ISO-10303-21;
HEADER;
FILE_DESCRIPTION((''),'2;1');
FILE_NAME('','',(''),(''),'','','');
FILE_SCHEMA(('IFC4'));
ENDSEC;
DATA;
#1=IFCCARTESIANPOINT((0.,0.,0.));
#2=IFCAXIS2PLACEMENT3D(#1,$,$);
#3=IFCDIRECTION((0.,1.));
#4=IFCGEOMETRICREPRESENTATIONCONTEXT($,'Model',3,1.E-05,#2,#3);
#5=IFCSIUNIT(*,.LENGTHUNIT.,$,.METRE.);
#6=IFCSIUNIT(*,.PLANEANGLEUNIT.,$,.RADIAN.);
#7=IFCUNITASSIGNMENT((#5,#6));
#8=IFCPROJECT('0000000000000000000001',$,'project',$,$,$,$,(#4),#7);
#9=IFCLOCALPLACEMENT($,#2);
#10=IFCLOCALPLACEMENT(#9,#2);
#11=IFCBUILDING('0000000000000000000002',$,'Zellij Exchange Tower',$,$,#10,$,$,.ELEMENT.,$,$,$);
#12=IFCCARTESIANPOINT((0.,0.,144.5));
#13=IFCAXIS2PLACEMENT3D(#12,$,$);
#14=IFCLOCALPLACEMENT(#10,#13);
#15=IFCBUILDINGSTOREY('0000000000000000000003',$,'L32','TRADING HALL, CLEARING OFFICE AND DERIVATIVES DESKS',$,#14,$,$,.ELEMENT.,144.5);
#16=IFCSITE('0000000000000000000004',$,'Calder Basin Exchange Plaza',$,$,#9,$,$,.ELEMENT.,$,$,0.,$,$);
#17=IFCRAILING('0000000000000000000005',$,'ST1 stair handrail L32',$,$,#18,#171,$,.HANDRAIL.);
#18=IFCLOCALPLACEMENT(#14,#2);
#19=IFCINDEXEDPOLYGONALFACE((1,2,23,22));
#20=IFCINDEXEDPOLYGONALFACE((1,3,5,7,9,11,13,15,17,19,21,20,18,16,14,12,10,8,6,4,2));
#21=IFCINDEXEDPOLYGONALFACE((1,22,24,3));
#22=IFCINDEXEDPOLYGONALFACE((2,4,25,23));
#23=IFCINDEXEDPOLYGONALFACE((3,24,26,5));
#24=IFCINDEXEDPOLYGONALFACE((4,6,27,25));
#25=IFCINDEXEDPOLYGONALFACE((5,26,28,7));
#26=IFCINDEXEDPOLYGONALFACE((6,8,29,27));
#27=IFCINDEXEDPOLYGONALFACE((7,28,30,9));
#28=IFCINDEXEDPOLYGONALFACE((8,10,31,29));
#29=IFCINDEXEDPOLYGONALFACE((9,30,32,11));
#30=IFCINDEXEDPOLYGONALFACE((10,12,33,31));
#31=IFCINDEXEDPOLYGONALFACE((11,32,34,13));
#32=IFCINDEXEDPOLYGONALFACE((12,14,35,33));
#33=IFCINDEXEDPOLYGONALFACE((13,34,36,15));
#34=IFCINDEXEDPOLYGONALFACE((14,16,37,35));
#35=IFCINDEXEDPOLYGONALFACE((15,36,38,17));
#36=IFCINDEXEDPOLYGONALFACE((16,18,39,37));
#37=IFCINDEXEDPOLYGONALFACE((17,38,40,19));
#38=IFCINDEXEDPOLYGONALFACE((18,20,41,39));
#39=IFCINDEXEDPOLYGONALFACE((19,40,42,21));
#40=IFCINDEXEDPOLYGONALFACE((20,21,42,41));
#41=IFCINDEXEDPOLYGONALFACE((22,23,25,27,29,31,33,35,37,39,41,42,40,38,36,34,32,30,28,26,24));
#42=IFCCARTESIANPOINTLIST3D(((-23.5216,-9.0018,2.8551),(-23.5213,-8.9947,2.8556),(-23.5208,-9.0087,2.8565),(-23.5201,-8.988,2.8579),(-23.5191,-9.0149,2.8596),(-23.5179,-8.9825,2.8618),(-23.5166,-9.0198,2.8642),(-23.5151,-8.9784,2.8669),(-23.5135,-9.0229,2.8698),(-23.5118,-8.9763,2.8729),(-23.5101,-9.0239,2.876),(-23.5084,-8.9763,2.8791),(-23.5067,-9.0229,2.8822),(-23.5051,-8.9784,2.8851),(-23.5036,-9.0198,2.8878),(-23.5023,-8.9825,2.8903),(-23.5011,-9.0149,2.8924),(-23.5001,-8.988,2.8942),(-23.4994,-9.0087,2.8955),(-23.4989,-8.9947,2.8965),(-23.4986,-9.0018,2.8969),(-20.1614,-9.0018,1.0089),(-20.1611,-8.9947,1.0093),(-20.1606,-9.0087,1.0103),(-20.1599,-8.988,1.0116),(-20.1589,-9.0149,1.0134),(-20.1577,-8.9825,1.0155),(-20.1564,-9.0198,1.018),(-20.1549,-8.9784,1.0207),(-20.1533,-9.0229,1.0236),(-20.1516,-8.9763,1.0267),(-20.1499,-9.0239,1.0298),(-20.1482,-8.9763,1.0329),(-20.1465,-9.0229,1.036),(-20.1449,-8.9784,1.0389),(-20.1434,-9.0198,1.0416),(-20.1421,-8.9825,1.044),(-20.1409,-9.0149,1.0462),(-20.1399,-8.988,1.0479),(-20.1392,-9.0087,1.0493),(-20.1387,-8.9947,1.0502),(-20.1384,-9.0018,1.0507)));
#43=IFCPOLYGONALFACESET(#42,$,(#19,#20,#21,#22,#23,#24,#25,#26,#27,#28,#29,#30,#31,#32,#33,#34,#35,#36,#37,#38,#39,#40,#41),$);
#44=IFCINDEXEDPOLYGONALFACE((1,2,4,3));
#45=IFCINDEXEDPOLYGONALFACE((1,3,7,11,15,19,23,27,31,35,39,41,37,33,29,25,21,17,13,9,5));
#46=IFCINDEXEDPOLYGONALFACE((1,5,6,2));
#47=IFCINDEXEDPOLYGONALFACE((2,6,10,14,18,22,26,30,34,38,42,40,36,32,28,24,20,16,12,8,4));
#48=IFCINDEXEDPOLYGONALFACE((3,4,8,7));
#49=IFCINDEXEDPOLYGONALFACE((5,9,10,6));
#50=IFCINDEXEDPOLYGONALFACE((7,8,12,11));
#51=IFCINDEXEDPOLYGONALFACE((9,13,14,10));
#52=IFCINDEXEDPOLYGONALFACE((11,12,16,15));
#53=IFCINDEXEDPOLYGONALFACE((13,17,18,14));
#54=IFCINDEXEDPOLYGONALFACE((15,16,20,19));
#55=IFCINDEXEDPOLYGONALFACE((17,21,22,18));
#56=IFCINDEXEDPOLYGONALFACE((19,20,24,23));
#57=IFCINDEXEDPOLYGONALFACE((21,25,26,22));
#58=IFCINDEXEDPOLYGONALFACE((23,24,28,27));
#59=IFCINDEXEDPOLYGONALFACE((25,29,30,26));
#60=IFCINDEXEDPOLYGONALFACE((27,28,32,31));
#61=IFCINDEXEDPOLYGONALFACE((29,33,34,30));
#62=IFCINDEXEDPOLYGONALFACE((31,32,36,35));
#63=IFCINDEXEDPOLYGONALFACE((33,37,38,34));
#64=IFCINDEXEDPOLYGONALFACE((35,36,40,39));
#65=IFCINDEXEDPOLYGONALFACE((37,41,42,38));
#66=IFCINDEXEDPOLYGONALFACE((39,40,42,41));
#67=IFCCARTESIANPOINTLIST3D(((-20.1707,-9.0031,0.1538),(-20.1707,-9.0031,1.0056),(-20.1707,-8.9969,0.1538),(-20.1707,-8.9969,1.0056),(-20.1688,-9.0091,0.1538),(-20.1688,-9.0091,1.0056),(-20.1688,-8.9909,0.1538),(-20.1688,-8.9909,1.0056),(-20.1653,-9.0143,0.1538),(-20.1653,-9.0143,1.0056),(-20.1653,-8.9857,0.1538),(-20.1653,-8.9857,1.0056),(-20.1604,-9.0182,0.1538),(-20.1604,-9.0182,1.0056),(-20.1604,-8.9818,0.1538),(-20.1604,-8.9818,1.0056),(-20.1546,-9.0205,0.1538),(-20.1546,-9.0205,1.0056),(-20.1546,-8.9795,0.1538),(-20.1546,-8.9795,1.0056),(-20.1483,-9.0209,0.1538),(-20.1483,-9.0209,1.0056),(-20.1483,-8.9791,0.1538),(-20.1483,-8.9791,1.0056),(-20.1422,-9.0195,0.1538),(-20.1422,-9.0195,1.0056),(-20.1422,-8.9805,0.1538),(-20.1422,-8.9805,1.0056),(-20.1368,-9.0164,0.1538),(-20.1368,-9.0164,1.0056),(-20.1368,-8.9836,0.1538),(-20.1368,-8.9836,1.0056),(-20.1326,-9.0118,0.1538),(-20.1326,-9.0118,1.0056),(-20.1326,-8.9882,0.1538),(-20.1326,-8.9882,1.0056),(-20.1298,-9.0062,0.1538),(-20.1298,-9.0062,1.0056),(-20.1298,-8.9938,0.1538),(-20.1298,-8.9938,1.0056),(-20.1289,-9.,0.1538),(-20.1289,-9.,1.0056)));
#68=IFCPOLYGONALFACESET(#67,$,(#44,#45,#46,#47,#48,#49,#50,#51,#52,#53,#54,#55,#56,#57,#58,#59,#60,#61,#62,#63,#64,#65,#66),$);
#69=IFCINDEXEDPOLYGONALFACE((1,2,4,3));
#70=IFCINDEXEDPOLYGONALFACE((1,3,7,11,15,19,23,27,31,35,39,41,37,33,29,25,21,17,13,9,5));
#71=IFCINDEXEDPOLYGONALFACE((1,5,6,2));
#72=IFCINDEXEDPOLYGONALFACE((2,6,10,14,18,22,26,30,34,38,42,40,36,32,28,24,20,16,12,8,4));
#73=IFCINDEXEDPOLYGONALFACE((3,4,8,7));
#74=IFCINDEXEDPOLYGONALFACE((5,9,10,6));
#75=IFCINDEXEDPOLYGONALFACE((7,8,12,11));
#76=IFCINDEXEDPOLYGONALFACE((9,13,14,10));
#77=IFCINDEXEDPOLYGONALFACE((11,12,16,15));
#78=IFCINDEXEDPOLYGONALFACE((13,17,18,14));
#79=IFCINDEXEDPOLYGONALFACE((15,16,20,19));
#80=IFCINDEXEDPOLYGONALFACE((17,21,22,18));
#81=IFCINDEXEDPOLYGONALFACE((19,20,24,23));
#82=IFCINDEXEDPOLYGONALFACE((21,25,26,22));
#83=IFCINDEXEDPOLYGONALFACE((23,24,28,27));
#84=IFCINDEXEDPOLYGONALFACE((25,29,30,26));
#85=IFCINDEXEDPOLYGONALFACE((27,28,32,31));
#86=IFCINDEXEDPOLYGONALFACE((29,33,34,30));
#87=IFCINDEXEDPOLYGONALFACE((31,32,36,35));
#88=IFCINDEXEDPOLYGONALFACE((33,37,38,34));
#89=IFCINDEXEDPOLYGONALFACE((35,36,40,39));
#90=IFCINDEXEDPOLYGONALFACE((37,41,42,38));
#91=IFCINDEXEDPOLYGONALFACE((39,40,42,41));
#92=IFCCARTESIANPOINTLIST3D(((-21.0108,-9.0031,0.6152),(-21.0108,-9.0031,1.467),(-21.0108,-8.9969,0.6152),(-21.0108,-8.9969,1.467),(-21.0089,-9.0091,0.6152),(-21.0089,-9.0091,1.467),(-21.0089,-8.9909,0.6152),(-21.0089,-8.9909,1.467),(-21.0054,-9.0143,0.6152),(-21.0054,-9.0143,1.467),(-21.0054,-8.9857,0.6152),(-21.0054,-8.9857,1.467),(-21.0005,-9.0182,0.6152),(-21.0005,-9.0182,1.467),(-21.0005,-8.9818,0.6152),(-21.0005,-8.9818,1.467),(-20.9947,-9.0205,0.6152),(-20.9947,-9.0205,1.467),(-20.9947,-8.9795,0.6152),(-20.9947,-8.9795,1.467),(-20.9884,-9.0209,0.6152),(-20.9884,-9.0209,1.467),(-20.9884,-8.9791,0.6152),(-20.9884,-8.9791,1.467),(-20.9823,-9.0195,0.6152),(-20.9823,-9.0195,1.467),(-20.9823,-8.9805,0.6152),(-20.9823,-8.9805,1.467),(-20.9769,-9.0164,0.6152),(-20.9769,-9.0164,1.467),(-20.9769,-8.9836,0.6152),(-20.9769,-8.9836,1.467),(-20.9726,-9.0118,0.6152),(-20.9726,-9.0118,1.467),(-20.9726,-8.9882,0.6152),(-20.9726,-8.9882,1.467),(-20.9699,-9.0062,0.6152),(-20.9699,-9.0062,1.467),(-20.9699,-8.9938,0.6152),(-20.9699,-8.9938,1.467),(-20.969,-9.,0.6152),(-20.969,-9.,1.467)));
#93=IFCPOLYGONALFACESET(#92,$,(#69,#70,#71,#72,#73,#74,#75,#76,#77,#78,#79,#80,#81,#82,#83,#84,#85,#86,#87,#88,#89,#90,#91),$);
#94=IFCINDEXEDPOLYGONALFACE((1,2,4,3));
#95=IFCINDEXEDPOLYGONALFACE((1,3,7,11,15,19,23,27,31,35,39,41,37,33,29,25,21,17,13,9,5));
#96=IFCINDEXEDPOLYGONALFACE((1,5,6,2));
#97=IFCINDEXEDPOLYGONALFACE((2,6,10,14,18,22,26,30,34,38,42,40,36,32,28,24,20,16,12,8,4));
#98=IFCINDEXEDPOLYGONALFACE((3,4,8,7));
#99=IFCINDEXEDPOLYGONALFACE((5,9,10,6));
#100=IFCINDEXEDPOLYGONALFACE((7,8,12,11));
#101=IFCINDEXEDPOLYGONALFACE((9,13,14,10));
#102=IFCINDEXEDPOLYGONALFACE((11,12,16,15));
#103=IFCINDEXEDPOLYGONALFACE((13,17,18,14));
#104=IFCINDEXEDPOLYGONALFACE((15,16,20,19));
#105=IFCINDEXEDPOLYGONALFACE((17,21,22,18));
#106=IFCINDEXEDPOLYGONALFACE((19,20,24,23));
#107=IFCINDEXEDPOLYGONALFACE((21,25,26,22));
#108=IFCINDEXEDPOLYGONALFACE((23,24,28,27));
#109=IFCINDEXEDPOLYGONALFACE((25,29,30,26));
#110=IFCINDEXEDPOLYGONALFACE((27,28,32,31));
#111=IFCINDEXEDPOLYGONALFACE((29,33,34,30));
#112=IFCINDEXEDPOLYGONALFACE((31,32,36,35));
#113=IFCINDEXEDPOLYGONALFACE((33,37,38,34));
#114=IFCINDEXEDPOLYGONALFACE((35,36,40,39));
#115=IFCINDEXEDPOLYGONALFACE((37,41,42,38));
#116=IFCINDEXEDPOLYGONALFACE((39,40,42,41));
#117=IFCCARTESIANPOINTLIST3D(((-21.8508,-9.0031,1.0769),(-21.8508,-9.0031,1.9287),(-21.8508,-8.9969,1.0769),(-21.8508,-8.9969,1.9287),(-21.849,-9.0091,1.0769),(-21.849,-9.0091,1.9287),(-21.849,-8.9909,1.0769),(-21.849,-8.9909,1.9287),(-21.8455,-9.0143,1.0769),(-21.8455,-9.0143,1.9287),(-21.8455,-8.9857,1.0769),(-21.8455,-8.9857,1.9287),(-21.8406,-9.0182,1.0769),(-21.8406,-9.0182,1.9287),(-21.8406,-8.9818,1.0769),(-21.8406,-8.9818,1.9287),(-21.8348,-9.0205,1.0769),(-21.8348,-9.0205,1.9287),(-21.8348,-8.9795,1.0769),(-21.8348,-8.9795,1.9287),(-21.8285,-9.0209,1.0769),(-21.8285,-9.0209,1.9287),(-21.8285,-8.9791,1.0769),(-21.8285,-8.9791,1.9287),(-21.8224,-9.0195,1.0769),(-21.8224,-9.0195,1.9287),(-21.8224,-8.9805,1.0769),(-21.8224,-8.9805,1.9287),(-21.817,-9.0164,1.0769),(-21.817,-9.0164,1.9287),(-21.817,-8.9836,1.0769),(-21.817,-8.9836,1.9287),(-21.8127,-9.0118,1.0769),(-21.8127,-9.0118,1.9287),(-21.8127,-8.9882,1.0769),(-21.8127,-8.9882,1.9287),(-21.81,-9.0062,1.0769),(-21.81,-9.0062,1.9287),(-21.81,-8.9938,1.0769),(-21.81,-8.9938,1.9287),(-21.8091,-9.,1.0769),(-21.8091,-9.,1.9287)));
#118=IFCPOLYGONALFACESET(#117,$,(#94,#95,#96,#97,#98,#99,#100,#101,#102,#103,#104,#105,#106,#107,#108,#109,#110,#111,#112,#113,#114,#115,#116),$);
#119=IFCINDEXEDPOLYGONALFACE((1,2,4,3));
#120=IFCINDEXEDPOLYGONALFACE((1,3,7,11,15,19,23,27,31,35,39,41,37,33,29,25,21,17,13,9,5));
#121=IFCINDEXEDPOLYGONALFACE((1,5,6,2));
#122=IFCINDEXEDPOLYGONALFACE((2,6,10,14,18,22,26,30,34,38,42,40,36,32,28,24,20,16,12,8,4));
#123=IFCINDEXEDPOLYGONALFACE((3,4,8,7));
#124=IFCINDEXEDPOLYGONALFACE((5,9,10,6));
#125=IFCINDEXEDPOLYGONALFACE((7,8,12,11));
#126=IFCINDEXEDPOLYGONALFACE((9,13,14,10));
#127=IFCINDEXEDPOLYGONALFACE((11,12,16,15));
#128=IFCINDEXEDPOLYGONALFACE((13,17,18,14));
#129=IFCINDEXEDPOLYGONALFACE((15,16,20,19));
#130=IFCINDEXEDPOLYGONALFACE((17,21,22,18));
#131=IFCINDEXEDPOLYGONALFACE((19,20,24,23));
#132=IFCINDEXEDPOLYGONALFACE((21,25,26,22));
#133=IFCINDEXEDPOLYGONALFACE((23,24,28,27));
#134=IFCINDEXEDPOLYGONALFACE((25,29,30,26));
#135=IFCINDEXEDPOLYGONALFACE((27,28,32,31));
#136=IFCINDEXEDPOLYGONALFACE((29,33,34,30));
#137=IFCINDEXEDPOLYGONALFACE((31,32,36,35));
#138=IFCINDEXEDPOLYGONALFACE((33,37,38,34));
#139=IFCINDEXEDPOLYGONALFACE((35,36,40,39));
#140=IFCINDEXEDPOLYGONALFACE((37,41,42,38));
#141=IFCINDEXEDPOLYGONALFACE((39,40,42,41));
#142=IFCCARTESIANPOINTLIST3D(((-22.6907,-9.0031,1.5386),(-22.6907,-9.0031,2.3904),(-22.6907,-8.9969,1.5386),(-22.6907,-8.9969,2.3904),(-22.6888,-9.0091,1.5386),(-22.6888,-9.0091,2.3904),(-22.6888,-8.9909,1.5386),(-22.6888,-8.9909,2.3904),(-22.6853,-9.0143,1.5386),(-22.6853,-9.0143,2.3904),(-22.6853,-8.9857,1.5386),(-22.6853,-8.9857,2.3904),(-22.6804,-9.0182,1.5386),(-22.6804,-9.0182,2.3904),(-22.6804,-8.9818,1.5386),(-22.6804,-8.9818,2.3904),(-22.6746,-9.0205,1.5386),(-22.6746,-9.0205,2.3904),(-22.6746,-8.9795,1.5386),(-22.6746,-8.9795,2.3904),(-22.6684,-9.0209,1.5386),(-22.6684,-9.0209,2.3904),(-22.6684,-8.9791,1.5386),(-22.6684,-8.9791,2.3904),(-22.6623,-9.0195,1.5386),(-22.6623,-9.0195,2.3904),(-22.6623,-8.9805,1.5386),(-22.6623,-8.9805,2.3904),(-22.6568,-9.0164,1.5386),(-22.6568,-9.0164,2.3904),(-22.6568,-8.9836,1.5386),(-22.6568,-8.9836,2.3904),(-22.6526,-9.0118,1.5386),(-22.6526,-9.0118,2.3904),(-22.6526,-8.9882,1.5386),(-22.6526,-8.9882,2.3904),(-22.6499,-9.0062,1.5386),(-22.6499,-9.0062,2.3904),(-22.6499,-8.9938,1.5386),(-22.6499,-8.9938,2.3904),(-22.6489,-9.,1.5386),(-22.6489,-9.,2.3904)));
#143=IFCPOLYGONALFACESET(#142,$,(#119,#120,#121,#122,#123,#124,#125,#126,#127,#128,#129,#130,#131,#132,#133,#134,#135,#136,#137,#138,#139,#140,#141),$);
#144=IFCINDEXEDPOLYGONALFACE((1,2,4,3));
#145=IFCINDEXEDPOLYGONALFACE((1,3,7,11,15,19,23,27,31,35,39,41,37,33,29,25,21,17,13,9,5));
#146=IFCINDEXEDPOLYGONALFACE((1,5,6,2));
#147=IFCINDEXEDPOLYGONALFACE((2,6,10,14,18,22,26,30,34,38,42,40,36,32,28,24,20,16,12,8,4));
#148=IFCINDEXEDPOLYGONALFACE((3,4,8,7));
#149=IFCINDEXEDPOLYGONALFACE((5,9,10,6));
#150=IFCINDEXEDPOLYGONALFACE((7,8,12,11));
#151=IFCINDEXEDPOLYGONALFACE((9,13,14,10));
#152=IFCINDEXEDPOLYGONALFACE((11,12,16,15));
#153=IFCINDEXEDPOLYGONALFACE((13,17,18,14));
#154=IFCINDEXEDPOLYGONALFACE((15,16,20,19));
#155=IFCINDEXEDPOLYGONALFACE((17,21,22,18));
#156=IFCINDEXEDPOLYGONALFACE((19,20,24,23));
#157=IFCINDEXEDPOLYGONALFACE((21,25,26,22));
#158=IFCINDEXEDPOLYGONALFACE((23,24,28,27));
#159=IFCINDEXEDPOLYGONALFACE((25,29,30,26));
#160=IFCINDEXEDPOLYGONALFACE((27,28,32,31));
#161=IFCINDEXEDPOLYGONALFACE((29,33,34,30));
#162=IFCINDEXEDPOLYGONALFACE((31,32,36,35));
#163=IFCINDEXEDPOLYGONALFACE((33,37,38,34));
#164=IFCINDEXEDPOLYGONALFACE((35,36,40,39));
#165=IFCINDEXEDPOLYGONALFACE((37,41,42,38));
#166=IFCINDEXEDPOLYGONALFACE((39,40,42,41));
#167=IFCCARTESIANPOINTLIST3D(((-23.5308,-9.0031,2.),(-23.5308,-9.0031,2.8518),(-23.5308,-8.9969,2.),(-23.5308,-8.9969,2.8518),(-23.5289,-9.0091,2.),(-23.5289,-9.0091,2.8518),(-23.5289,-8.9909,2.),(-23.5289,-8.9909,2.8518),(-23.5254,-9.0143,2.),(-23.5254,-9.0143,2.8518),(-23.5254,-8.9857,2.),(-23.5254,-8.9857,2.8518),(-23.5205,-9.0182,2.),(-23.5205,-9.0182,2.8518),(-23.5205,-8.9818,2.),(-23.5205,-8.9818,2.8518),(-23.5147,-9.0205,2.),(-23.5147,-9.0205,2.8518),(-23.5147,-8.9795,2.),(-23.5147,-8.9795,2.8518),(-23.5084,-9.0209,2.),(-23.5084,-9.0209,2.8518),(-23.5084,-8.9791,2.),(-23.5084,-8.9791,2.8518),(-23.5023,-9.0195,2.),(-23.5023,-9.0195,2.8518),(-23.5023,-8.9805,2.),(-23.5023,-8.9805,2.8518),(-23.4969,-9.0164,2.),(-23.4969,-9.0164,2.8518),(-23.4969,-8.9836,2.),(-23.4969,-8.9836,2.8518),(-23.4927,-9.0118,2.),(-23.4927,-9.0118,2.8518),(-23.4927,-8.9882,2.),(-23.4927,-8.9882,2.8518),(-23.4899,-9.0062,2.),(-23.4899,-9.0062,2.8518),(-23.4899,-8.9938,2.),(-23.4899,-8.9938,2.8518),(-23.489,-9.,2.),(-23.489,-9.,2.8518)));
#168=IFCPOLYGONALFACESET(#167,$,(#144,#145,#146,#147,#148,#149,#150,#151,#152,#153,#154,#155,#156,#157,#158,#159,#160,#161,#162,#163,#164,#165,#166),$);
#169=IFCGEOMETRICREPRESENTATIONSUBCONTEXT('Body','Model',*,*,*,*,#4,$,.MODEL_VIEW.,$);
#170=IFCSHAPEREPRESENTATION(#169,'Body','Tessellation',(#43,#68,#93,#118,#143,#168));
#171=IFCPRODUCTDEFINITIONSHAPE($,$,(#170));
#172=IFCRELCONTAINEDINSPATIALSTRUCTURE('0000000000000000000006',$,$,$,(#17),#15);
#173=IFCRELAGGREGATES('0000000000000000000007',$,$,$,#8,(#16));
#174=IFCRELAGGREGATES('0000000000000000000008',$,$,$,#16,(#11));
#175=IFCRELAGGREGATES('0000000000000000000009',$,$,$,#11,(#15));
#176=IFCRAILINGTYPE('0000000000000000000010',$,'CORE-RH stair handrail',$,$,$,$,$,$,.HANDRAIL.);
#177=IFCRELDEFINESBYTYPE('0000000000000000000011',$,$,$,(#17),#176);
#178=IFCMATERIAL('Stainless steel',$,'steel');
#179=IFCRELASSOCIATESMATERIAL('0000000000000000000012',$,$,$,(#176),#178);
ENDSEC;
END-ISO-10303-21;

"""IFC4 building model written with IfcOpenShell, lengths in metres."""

from ifc_helpers import new_model, si_unit, direction, frame, origin, origin_2d, place, context, subcontext, project, spatial, circle, extrude, material, type_object, element, save


model = new_model("IFC4")

# Units and contexts
model_context = context("Model", 3, precision=1e-05, world=origin(), true_north=direction((0.0, 1.0)))
body_context = subcontext(model_context, "Body", "Model", "MODEL_VIEW")
ifc_project = project(units=[si_unit("LENGTHUNIT", "METRE"), si_unit("PLANEANGLEUNIT", "RADIAN")], contexts=[model_context])

# Site, building, storey
site_placement = place(None, origin())
site = spatial("IfcSite", under=ifc_project, at=site_placement, Name="Calder Basin Exchange Plaza", CompositionType="ELEMENT", RefElevation=0.0)
building_placement = place(site_placement, origin())
building = spatial("IfcBuilding", under=site, at=building_placement, Name="Zellij Exchange Tower", CompositionType="ELEMENT")
storey_placement = place(building_placement, frame((0.0, 0.0, 144.5)))
storey = spatial("IfcBuildingStorey", under=building, at=storey_placement, Name="L32", Description="TRADING HALL, CLEARING OFFICE AND DERIVATIVES DESKS", CompositionType="ELEMENT", Elevation=144.5)

# Railing
ifc_material_1 = material(Name="Stainless steel", Category="steel")
railing_type_1 = type_object("IfcRailingType", Name="CORE-RH stair handrail", PredefinedType="HANDRAIL", material=ifc_material_1)
railing_1_placement = place(storey_placement, frame((-20.1499, -9.0, 0.1538)))
element("IfcRailing", 1, at=railing_1_placement, inside=storey, type_object=railing_type_1, Name="ST1 stair handrail L32", PredefinedType="HANDRAIL", context=body_context, shape_type="SweptSolid", body=[
    extrude(circle(Radius=0.0239, at=origin_2d()), frame((0.0, 0.0, 0.876), z_axis=(-0.876422, 0.0, 0.481545), x_axis=(0.0, -1.0, 0.0)), (0.0, 0.0, 1.0), 3.834),
    extrude(circle(Radius=0.021, at=origin_2d()), origin(), (0.0, 0.0, 1.0), 0.8518),
    extrude(circle(Radius=0.021, at=origin_2d()), frame((-0.8401, 0.0, 0.4614)), (0.0, 0.0, 1.0), 0.8518),
    extrude(circle(Radius=0.021, at=origin_2d()), frame((-1.6802, 0.0, 0.9231)), (0.0, 0.0, 1.0), 0.8518),
    extrude(circle(Radius=0.021, at=origin_2d()), frame((-2.52, 0.0, 1.3848)), (0.0, 0.0, 1.0), 0.8518),
    extrude(circle(Radius=0.021, at=origin_2d()), frame((-3.3601, 0.0, 1.8462)), (0.0, 0.0, 1.0), 0.8518),
])

save(model, "model.ifc")
